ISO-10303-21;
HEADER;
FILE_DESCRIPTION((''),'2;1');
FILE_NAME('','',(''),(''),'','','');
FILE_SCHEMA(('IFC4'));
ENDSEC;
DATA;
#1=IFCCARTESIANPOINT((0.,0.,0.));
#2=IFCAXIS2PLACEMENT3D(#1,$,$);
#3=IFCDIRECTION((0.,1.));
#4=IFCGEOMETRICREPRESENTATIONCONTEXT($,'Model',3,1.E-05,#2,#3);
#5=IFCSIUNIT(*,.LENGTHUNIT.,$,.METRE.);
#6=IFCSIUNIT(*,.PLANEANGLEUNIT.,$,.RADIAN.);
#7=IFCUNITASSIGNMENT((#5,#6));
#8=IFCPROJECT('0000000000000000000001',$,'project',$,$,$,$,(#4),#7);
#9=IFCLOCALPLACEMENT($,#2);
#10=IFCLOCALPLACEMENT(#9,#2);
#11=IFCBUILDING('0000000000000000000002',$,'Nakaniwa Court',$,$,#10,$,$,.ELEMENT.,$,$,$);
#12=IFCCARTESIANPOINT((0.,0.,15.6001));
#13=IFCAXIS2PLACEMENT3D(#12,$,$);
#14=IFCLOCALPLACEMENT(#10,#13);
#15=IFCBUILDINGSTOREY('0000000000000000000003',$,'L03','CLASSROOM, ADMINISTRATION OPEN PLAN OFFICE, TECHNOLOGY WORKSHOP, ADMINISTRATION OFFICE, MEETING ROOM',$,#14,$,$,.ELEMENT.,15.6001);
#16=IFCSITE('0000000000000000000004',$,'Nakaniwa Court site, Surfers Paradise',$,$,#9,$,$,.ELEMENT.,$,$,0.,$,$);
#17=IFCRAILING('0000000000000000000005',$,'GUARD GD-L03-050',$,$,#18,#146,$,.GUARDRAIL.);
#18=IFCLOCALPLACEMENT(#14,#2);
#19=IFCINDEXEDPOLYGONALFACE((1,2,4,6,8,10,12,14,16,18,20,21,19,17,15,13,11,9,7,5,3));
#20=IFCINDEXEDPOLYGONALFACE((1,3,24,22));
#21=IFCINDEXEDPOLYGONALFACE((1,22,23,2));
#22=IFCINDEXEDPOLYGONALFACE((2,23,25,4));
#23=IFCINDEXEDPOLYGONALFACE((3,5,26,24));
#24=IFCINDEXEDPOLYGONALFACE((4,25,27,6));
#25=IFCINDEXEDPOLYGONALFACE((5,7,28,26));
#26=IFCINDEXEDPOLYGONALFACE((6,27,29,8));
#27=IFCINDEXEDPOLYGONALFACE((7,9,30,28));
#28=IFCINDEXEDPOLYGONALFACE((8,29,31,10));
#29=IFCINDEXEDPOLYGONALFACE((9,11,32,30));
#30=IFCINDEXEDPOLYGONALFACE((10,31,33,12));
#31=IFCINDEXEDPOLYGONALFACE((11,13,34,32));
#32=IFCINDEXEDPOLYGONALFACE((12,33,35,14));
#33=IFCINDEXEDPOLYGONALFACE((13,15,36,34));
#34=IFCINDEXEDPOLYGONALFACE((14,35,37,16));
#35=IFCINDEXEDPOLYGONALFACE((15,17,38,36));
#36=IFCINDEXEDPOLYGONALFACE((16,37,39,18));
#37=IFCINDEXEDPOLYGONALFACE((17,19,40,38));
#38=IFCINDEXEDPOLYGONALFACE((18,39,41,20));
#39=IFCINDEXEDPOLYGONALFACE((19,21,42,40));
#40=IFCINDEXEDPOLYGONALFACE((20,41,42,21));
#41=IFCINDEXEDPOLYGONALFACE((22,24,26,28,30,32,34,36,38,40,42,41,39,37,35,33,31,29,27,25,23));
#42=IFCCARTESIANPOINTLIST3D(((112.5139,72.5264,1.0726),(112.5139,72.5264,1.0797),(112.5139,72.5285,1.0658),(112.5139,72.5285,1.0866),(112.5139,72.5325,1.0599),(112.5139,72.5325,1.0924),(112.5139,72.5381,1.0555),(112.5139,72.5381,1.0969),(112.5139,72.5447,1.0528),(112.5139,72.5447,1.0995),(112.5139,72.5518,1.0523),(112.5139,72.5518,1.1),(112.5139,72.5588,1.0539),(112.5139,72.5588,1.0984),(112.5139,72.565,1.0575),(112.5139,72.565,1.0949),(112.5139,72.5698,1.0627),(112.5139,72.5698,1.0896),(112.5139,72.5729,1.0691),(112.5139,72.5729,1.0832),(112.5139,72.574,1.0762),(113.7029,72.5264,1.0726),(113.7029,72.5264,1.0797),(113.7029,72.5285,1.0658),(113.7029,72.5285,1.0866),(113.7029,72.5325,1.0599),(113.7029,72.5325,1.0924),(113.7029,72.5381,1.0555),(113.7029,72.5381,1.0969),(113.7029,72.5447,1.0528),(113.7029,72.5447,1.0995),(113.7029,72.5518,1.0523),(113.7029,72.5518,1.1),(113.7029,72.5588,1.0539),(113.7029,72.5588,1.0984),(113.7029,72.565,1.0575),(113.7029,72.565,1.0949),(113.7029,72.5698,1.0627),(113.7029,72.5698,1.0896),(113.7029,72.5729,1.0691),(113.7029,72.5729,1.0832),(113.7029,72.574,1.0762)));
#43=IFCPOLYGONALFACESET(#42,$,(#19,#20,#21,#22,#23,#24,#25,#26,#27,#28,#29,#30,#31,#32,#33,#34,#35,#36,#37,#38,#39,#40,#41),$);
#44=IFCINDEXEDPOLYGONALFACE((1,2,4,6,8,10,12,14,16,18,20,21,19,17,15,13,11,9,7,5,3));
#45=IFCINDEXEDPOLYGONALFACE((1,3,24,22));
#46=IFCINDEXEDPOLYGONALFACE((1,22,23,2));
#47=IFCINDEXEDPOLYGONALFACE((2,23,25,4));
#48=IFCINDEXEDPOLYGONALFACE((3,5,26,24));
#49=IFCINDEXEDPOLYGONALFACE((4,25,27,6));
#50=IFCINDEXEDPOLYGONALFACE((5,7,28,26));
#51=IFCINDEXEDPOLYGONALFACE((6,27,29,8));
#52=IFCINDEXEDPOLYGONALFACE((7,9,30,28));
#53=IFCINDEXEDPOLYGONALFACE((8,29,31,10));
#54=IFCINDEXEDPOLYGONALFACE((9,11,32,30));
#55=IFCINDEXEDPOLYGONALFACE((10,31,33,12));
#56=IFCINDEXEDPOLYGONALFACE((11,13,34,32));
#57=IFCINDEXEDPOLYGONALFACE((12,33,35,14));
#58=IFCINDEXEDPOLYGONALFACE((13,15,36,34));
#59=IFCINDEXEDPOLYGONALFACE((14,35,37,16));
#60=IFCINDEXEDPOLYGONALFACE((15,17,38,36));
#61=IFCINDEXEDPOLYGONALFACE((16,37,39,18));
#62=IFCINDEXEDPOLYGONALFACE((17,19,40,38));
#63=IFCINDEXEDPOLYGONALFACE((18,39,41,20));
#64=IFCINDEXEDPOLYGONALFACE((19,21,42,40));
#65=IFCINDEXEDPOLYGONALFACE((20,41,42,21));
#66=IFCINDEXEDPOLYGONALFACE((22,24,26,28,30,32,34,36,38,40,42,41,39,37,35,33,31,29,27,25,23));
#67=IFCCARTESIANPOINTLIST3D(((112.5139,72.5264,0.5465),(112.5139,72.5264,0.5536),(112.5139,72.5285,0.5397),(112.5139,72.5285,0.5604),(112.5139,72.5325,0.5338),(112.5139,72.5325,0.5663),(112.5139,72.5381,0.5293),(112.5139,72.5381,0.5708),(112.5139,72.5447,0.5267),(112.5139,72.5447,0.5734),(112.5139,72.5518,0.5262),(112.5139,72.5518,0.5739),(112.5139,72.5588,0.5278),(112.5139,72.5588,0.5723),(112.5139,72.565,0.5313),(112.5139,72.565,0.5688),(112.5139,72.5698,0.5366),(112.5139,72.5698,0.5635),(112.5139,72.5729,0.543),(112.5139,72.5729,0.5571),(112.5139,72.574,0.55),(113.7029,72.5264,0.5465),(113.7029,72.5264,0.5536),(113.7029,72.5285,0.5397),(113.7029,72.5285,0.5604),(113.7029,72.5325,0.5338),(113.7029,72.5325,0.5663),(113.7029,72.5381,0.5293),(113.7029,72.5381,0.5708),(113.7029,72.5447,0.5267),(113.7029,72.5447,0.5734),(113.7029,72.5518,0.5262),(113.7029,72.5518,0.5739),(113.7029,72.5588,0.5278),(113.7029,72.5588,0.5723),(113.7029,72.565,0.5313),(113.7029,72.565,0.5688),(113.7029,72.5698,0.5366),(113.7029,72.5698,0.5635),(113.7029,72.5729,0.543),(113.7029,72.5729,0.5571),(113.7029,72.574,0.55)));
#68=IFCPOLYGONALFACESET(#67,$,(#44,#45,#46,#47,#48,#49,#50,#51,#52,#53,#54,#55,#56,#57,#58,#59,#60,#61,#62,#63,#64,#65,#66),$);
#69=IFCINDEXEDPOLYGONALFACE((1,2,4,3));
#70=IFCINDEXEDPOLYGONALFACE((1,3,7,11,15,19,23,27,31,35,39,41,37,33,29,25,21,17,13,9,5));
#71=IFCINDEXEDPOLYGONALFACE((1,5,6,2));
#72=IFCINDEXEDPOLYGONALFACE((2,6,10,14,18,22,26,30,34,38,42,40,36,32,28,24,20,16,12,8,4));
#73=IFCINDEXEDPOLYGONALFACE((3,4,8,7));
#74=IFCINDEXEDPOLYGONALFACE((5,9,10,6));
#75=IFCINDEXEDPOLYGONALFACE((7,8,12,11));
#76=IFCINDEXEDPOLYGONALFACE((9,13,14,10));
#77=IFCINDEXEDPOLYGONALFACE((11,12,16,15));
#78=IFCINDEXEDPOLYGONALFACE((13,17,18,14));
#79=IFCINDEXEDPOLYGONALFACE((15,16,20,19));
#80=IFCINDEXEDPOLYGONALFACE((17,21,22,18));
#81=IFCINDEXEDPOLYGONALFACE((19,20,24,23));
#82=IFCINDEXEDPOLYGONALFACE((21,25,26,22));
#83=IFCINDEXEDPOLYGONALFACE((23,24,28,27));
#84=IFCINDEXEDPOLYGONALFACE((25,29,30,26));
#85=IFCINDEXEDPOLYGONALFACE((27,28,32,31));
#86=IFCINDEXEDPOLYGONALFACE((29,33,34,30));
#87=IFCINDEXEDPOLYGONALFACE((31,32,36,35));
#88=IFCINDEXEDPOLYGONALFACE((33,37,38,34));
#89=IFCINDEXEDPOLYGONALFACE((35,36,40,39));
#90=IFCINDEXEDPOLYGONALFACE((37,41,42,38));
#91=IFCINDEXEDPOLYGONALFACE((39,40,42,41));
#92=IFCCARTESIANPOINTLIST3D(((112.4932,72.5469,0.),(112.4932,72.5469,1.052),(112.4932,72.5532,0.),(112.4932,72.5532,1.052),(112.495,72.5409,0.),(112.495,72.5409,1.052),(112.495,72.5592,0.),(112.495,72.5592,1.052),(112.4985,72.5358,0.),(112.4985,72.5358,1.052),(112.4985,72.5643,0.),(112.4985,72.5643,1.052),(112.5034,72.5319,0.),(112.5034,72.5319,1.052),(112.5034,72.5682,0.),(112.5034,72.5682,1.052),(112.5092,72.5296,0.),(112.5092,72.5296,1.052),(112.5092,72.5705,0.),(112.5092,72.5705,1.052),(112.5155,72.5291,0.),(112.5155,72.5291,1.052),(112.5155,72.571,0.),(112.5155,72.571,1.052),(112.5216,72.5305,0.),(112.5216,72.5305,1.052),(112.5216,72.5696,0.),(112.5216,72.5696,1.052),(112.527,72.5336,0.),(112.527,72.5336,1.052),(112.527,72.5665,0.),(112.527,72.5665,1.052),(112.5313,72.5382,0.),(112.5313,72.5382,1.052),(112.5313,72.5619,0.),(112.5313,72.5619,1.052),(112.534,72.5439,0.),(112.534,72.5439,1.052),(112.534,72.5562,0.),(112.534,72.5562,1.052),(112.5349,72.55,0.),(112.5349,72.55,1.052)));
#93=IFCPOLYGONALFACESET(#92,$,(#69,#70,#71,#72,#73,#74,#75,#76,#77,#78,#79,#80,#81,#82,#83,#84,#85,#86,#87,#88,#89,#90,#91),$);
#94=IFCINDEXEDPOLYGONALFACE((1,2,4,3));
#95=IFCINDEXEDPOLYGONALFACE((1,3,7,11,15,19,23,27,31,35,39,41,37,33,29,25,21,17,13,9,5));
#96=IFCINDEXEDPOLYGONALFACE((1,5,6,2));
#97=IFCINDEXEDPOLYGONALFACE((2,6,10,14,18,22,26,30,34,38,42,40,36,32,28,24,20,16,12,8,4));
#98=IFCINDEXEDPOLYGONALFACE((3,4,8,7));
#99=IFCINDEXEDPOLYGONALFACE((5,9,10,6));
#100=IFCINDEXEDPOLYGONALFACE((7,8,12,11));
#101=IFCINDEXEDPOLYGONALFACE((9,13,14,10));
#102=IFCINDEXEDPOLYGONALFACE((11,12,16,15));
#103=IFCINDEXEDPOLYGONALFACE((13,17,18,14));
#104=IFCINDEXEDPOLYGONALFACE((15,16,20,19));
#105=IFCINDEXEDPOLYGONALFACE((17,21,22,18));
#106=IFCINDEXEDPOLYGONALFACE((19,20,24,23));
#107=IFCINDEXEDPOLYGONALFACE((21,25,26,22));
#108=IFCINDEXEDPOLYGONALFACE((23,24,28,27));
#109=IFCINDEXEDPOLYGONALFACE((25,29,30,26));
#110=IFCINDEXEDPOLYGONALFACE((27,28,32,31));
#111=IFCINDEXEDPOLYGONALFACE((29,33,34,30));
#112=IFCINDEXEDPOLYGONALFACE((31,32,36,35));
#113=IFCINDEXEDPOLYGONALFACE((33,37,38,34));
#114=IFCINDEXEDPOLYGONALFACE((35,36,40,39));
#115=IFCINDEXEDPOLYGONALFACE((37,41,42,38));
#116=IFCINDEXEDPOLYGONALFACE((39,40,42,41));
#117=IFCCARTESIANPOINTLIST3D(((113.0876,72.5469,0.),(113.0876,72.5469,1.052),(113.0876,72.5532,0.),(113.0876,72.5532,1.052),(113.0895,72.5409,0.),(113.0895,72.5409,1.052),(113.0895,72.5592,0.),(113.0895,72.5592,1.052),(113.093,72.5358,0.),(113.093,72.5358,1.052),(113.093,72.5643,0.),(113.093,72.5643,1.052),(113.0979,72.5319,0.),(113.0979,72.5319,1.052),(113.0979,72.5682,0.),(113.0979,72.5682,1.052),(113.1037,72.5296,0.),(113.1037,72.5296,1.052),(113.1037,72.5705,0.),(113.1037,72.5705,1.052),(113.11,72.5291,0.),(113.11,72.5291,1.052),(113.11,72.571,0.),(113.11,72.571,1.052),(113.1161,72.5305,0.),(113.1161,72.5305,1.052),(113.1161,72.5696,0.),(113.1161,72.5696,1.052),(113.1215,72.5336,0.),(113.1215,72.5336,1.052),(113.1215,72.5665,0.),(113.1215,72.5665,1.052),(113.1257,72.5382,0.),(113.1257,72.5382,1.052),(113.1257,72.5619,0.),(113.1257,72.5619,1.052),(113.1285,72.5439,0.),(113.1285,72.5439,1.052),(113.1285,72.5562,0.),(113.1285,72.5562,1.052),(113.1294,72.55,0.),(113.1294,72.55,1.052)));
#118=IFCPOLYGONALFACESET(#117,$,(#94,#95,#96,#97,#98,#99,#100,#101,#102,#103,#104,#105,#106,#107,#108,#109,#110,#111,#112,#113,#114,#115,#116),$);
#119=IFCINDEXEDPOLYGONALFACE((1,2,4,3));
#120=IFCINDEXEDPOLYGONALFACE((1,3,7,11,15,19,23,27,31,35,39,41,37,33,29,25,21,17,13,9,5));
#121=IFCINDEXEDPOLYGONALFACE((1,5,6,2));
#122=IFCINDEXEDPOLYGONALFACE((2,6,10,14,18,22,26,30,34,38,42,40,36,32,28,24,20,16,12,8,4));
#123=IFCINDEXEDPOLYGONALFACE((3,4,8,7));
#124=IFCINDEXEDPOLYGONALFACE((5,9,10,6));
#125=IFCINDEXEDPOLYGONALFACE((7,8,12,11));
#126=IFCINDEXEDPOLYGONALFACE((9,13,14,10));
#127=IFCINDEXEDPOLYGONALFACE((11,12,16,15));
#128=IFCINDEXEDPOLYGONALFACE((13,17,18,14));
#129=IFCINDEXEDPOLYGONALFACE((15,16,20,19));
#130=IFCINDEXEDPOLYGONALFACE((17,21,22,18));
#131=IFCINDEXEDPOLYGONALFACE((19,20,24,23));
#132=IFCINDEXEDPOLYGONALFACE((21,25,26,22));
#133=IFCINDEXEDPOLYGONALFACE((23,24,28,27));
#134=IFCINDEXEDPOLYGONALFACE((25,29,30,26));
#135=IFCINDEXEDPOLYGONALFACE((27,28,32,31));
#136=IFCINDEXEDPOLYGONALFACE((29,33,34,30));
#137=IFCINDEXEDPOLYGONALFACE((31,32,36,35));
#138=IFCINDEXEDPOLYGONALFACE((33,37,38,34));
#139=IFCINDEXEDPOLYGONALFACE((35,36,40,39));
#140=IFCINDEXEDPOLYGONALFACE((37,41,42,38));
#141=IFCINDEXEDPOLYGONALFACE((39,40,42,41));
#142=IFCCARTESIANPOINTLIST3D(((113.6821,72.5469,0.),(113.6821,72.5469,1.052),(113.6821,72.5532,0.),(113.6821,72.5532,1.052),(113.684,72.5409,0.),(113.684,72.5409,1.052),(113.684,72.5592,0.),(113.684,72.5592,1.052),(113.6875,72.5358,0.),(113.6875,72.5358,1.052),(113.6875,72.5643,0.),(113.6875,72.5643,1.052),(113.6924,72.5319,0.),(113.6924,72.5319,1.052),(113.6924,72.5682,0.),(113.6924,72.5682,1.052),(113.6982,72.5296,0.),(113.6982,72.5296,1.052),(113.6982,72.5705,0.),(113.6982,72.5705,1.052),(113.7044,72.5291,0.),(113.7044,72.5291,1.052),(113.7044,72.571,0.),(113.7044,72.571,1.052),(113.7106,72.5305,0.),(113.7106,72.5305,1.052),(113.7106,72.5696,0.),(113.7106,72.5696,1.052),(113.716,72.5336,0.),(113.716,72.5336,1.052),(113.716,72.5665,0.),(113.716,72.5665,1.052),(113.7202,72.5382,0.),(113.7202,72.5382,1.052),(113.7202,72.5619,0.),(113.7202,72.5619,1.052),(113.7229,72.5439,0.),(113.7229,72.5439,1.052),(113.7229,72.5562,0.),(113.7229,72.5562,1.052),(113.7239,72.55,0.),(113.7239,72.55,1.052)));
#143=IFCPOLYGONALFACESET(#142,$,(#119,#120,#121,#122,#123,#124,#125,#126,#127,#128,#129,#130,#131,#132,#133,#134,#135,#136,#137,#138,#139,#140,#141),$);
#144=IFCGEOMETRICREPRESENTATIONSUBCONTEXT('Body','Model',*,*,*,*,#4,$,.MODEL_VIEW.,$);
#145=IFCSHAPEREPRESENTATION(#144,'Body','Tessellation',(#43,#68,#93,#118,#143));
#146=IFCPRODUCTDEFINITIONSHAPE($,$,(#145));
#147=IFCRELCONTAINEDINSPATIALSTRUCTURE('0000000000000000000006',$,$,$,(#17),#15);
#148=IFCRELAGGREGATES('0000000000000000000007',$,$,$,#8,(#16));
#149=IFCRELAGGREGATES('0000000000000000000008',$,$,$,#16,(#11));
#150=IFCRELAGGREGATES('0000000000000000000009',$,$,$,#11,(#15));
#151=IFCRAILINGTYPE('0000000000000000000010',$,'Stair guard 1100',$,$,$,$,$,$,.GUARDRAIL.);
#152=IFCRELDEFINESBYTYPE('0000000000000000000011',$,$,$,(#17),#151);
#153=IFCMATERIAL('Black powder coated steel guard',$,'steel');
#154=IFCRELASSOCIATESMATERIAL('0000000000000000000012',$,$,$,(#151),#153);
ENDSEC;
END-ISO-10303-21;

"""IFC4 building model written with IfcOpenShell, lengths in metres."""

from ifc_helpers import new_model, si_unit, direction, frame, origin, origin_2d, place, context, subcontext, project, spatial, circle, extrude, material, type_object, element, save


model = new_model("IFC4")

# Units and contexts
model_context = context("Model", 3, precision=1e-05, world=origin(), true_north=direction((0.0, 1.0)))
body_context = subcontext(model_context, "Body", "Model", "MODEL_VIEW")
ifc_project = project(units=[si_unit("LENGTHUNIT", "METRE"), si_unit("PLANEANGLEUNIT", "RADIAN")], contexts=[model_context])

# Site, building, storey
site_placement = place(None, origin())
site = spatial("IfcSite", under=ifc_project, at=site_placement, Name="Nakaniwa Court site, Surfers Paradise", CompositionType="ELEMENT", RefElevation=0.0)
building_placement = place(site_placement, origin())
building = spatial("IfcBuilding", under=site, at=building_placement, Name="Nakaniwa Court", CompositionType="ELEMENT")
storey_placement = place(building_placement, frame((0.0, 0.0, 15.6001)))
storey = spatial("IfcBuildingStorey", under=building, at=storey_placement, Name="L03", Description="CLASSROOM, ADMINISTRATION OPEN PLAN OFFICE, TECHNOLOGY WORKSHOP, ADMINISTRATION OFFICE, MEETING ROOM", CompositionType="ELEMENT", Elevation=15.6001)

# Railing
ifc_material_1 = material(Name="Black powder coated steel guard", Category="steel")
railing_type = type_object("IfcRailingType", Name="Stair guard 1100", PredefinedType="GUARDRAIL", material=ifc_material_1)
railing_1_placement = place(storey_placement, frame((112.5139, 72.55, 0.0)))
element("IfcRailing", 1, at=railing_1_placement, inside=storey, type_object=railing_type, Name="GUARD GD-L03-050", PredefinedType="GUARDRAIL", context=body_context, shape_type="SweptSolid", body=[
    extrude(circle(Radius=0.0239, at=origin_2d()), frame((0.0, 0.0, 1.0762), z_axis=(1.0, 0.0, 0.0), x_axis=(0.0, 1.0, 0.0)), (0.0, 0.0, 1.0), 1.189),
    extrude(circle(Radius=0.0239, at=origin_2d()), frame((0.0, 0.0, 0.55), z_axis=(1.0, 0.0, 0.0), x_axis=(0.0, 1.0, 0.0)), (0.0, 0.0, 1.0), 1.189),
    extrude(circle(Radius=0.021, at=origin_2d()), origin(), (0.0, 0.0, 1.0), 1.052),
    extrude(circle(Radius=0.021, at=origin_2d()), frame((0.5945, 0.0, 0.0)), (0.0, 0.0, 1.0), 1.052),
    extrude(circle(Radius=0.021, at=origin_2d()), frame((1.189, 0.0, 0.0)), (0.0, 0.0, 1.0), 1.052),
])

save(model, "model.ifc")
